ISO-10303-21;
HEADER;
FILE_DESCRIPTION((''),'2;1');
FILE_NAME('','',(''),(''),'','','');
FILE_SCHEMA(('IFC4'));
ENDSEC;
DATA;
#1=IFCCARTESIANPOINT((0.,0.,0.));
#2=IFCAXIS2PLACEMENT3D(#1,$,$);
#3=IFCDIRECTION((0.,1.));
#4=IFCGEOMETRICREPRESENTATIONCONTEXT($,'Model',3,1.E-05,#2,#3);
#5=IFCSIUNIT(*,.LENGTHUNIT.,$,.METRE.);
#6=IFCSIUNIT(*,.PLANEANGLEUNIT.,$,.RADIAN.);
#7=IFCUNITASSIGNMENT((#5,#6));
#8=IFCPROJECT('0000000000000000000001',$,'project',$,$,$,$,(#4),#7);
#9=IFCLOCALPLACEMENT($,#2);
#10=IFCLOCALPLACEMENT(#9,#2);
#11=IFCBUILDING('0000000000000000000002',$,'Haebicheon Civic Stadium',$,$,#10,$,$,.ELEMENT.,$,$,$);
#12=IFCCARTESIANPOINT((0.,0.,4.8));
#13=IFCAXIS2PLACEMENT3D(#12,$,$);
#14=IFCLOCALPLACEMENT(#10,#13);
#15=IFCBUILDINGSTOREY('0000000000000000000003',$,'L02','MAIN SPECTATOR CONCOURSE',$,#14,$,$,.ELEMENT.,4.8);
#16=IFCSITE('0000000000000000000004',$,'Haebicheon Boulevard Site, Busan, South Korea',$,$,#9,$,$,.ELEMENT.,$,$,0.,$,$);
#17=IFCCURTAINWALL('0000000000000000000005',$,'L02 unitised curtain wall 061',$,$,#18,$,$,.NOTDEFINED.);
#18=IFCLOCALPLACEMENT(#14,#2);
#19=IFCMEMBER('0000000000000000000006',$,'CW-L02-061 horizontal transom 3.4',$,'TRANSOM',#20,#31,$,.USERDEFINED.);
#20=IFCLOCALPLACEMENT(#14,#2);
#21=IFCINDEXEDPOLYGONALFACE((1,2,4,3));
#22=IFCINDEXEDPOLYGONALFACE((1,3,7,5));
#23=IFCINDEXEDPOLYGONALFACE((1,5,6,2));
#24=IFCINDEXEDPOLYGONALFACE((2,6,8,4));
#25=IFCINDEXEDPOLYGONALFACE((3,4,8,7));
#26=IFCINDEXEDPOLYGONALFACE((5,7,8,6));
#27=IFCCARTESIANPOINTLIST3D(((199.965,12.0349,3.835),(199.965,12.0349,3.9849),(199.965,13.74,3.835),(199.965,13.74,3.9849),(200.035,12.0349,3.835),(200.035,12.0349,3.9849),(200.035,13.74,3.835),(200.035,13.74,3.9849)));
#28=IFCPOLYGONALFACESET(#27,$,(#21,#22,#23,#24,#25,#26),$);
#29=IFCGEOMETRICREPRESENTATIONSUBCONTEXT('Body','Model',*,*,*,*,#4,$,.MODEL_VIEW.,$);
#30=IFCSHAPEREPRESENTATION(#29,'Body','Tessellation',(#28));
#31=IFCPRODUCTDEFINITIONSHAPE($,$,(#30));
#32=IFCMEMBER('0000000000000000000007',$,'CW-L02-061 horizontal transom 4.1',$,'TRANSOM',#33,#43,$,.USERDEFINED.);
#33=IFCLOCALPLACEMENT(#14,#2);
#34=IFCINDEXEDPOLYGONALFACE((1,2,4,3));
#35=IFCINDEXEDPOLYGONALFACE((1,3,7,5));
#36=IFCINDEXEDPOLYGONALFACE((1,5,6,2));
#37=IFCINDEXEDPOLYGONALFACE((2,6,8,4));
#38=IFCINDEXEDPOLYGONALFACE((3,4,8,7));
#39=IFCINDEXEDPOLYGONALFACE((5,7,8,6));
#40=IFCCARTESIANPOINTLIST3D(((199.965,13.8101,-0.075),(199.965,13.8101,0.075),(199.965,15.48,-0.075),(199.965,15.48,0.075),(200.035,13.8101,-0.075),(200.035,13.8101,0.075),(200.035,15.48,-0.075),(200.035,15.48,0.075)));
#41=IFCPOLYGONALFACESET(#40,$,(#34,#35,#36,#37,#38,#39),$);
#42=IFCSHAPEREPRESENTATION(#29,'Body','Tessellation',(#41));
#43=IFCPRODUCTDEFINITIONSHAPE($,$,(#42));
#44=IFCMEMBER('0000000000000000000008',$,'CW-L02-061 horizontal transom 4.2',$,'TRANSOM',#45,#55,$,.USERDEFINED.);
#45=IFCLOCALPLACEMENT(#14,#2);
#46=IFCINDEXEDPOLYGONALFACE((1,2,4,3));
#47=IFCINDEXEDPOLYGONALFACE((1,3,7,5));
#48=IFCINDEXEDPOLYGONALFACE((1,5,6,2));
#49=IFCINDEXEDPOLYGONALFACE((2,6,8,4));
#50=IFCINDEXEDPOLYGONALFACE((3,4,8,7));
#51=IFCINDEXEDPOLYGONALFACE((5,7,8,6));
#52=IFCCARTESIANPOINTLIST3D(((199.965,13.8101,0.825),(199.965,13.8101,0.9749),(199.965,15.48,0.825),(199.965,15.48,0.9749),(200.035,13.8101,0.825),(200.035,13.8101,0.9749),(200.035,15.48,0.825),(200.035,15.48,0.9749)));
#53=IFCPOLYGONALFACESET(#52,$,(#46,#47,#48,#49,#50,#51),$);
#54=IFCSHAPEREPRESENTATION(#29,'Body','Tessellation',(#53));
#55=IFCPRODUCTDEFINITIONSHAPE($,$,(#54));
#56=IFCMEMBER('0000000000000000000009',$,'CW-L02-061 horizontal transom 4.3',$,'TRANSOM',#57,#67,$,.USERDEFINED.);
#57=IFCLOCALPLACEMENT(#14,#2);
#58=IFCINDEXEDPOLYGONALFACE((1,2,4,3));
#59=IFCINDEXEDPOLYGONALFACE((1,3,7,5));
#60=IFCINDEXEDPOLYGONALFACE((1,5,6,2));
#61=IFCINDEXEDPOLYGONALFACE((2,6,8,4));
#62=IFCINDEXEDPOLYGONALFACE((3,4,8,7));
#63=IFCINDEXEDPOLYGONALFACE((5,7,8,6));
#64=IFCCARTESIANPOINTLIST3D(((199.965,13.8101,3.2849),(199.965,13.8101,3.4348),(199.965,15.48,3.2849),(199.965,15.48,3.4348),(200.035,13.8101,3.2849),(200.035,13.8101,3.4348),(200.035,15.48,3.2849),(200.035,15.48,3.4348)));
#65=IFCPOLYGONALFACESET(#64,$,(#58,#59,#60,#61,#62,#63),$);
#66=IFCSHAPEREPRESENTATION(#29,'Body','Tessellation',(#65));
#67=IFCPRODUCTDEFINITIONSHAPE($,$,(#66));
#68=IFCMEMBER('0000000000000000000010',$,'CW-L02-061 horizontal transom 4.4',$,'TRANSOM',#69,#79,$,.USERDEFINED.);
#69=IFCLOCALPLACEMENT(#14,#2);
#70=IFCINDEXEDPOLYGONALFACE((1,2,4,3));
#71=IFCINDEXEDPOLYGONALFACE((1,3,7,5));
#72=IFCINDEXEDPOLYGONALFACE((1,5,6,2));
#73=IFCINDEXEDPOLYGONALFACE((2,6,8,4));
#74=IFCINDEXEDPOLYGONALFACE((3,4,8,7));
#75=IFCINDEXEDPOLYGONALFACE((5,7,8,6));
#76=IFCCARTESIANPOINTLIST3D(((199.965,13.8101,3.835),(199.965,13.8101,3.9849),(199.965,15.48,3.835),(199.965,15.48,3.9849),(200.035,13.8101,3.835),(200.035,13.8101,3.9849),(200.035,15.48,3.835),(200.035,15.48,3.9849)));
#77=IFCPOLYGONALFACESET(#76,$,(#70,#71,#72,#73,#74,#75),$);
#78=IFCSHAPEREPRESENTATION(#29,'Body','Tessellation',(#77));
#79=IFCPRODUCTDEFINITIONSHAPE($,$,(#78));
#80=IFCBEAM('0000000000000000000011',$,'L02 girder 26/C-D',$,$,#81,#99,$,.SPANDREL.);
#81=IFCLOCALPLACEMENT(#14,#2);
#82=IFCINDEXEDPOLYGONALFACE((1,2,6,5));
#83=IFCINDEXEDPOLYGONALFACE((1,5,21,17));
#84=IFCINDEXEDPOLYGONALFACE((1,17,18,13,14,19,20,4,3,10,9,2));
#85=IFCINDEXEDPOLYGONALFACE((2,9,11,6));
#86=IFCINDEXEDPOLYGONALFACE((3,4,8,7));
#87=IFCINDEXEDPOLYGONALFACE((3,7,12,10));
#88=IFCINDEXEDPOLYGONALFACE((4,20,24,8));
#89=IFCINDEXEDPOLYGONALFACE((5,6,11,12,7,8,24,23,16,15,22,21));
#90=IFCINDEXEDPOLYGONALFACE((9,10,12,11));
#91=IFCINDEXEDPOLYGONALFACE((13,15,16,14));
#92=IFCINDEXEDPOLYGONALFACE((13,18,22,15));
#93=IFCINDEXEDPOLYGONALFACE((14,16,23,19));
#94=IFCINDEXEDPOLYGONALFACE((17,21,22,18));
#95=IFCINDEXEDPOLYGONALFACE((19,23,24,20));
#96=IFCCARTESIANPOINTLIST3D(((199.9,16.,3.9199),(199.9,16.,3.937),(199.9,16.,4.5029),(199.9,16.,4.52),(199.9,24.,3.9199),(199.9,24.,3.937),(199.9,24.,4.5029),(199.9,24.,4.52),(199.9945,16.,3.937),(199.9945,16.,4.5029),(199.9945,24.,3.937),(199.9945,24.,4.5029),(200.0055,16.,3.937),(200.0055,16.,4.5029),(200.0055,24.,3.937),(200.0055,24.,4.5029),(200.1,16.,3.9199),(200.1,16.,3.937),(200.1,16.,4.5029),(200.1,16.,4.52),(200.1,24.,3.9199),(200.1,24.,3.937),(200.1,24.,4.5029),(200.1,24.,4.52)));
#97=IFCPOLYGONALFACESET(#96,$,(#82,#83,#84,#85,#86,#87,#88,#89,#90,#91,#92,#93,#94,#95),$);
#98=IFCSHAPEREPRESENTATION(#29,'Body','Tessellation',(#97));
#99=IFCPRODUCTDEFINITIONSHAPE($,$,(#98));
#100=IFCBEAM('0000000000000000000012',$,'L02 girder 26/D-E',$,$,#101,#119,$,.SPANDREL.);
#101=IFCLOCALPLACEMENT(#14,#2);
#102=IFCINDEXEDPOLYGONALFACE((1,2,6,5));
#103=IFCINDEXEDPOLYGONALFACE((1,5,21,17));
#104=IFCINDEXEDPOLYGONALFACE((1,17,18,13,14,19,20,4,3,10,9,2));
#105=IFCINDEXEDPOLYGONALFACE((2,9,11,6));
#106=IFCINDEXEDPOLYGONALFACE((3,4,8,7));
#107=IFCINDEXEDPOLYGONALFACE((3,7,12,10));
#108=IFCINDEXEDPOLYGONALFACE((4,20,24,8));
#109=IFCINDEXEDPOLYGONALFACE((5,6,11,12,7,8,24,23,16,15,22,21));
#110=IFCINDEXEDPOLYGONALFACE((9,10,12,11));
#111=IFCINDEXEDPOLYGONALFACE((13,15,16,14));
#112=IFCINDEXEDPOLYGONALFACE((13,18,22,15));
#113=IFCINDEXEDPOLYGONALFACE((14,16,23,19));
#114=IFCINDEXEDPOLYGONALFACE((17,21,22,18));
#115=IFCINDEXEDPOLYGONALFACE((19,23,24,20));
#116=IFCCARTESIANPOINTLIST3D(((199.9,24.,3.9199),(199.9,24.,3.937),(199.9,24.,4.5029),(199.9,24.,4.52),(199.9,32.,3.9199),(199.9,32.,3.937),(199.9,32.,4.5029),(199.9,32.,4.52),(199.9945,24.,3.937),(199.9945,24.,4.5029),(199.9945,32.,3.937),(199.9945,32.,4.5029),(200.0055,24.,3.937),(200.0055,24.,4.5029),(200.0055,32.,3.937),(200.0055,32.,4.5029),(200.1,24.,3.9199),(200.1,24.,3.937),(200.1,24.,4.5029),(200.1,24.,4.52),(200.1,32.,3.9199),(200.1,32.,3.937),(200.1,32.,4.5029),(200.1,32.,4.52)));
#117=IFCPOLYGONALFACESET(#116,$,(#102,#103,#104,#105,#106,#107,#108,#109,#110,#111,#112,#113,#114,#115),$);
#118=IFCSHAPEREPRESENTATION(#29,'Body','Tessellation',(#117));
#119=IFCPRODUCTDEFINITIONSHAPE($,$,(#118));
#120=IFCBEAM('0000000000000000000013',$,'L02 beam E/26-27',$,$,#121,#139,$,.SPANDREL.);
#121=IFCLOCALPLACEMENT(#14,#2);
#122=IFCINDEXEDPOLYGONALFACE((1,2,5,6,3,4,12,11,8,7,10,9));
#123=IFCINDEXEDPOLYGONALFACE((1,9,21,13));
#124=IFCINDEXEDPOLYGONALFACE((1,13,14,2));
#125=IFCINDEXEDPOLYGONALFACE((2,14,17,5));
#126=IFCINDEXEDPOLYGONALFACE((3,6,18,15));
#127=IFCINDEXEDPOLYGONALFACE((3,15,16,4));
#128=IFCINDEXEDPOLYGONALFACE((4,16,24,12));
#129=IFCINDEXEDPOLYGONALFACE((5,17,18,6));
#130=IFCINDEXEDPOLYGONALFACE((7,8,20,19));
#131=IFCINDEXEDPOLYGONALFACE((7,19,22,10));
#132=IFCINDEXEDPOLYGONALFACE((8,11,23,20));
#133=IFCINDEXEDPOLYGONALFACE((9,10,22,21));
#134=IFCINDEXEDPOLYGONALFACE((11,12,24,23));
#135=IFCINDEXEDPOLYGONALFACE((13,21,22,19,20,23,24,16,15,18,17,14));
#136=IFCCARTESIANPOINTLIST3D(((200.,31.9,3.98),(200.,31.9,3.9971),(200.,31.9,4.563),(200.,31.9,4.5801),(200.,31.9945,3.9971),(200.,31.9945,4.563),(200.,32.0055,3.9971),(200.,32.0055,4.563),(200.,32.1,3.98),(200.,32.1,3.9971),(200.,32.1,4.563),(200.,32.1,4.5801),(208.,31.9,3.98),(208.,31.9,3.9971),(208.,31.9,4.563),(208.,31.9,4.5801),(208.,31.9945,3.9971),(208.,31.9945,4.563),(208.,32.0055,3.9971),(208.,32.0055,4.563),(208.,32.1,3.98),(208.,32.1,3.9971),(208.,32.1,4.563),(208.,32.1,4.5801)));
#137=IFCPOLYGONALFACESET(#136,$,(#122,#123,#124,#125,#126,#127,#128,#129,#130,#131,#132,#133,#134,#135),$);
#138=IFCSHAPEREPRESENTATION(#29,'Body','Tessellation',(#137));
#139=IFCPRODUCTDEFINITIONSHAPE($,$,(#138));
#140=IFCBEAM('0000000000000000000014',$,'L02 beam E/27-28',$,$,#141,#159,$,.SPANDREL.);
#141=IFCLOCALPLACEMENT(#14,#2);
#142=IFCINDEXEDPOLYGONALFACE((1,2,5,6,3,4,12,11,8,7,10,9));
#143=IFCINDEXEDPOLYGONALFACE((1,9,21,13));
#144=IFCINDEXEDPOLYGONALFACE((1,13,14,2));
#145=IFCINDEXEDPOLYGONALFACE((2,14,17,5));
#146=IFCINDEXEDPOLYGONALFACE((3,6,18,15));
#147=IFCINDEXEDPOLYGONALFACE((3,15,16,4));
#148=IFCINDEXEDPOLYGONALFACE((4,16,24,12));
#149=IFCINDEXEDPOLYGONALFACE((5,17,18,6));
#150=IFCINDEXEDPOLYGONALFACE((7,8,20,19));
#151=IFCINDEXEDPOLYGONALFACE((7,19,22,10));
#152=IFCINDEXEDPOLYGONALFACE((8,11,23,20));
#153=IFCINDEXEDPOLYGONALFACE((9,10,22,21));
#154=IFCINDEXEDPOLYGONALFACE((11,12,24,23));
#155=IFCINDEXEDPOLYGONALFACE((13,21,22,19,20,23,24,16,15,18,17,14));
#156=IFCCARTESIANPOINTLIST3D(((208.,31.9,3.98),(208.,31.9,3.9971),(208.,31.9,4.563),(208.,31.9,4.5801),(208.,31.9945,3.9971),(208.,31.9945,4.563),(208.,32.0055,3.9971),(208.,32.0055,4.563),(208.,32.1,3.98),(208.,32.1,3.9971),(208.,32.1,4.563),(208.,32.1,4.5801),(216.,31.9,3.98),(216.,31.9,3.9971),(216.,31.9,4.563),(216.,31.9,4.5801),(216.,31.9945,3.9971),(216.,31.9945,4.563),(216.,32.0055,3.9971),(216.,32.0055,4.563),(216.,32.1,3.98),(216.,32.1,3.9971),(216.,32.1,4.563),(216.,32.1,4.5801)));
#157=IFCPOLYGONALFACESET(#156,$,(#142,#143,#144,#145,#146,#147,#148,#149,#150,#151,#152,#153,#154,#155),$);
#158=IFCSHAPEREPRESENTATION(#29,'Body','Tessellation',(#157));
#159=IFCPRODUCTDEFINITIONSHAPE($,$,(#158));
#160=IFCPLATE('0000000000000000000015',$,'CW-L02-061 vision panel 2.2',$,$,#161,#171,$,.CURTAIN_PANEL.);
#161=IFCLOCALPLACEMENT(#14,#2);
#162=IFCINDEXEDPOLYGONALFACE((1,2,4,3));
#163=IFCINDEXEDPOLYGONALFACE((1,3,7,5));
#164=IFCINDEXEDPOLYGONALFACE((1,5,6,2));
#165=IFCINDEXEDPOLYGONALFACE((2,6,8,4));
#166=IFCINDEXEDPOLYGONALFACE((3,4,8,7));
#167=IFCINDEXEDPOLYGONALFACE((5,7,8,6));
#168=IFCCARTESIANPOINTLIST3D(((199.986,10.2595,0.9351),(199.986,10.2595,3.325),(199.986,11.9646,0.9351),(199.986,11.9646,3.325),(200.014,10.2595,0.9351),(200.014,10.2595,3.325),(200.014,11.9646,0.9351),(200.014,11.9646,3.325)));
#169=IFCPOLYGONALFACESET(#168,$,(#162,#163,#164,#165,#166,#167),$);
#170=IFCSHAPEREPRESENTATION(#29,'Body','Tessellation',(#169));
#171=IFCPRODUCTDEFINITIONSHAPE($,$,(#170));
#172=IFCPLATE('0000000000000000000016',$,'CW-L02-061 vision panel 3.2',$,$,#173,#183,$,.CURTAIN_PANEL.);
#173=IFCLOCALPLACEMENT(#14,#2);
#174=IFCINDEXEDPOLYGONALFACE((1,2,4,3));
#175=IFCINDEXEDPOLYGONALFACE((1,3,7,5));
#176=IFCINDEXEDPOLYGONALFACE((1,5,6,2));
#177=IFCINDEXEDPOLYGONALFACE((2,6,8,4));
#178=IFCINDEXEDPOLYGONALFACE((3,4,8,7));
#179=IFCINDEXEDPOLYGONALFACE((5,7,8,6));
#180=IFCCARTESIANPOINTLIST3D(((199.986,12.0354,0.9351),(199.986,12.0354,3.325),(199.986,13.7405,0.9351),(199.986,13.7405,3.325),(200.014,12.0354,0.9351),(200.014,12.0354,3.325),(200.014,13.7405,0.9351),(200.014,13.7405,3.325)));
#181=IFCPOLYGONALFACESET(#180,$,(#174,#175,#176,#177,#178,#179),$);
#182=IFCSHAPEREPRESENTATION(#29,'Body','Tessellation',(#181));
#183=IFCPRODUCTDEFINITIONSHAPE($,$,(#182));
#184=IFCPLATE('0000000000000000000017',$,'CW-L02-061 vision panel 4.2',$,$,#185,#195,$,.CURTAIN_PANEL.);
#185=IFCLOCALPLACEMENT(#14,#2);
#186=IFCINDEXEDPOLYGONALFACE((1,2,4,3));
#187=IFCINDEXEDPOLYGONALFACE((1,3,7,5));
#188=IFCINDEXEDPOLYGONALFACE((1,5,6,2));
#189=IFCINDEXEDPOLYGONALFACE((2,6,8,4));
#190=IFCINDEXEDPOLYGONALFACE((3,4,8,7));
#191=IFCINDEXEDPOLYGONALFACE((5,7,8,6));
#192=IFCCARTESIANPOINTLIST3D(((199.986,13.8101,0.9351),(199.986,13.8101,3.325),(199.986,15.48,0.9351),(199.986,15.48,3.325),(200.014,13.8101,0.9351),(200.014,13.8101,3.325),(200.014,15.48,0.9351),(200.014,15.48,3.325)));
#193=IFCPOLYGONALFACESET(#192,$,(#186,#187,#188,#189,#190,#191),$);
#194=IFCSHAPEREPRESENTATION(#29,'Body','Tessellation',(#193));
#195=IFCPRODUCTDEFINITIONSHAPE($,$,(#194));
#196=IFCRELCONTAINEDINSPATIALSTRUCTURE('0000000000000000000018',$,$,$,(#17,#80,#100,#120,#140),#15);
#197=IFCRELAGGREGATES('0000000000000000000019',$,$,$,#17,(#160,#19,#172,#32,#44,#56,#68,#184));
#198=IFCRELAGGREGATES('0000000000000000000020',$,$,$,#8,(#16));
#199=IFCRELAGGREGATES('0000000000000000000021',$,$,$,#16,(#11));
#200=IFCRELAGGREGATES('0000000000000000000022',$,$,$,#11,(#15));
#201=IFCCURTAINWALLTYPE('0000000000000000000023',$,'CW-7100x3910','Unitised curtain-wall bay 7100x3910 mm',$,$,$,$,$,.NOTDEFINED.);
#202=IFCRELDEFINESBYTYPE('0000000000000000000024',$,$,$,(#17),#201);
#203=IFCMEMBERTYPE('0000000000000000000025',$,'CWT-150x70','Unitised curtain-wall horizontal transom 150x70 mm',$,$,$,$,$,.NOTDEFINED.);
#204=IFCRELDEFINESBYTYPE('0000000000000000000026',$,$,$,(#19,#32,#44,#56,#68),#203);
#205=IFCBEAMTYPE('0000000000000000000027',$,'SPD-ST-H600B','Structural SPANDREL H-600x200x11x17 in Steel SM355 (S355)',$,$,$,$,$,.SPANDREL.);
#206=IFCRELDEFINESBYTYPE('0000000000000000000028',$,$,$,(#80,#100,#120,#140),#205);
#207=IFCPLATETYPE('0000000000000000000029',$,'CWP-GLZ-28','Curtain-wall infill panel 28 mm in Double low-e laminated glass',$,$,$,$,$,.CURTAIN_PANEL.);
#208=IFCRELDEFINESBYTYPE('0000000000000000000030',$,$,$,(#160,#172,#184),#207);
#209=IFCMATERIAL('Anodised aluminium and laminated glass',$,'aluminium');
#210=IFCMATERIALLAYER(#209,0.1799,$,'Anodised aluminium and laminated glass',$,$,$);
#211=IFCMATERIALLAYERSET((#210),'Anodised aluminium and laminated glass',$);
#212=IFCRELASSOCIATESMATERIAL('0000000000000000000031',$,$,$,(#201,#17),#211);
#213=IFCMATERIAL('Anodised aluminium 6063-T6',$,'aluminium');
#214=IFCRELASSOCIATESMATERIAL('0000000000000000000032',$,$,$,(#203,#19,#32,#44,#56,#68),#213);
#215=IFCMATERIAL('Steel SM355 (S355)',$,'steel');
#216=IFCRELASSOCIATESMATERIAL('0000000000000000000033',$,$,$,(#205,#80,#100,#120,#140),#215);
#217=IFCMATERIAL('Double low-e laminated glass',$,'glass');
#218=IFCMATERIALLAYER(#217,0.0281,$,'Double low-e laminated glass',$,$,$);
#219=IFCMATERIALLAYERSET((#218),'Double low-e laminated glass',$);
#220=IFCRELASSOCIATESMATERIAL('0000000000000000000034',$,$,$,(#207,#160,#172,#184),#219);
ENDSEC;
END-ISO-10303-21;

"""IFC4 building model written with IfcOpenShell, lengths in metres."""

from ifc_helpers import new_model, si_unit, direction, frame, origin, origin_2d, place, context, subcontext, project, spatial, rectangle, i_section, extrude, material, layer, layer_set, material_profile, profile_set, type_object, element, aggregate, save


model = new_model("IFC4")

# Units and contexts
model_context = context("Model", 3, precision=1e-05, world=origin(), true_north=direction((0.0, 1.0)))
body_context = subcontext(model_context, "Body", "Model", "MODEL_VIEW")
ifc_project = project(units=[si_unit("LENGTHUNIT", "METRE"), si_unit("PLANEANGLEUNIT", "RADIAN")], contexts=[model_context])

# Site, building, storey
site_placement = place(None, origin())
site = spatial("IfcSite", under=ifc_project, at=site_placement, Name="Haebicheon Boulevard Site, Busan, South Korea", CompositionType="ELEMENT", RefElevation=0.0)
building_placement = place(site_placement, origin())
building = spatial("IfcBuilding", under=site, at=building_placement, Name="Haebicheon Civic Stadium", CompositionType="ELEMENT")
storey_placement = place(building_placement, frame((0.0, 0.0, 4.8)))
storey = spatial("IfcBuildingStorey", under=building, at=storey_placement, Name="L02", Description="MAIN SPECTATOR CONCOURSE", CompositionType="ELEMENT", Elevation=4.8)

# Curtain wall, members
ifc_material_1 = material(Name="Anodised aluminium and laminated glass", Category="aluminium")
ifc_layer_1 = layer(ifc_material_1, 0.1799, Name="Anodised aluminium and laminated glass")
ifc_layer_set_1 = layer_set([ifc_layer_1], Name="Anodised aluminium and laminated glass")
curtain_wall_type = type_object("IfcCurtainWallType", Name="CW-7100x3910", Description="Unitised curtain-wall bay 7100x3910 mm", PredefinedType="NOTDEFINED", material=ifc_layer_set_1)
curtain_wall_placement = place(storey_placement, origin())
curtain_wall = element("IfcCurtainWall", 1, at=curtain_wall_placement, inside=storey, type_object=curtain_wall_type, material=ifc_layer_set_1, Name="L02 unitised curtain wall 061", PredefinedType="NOTDEFINED")
ifc_material_2 = material(Name="Anodised aluminium 6063-T6", Category="aluminium")
ifc_material_profile_1 = material_profile(ifc_material_2, rectangle(XDim=0.0701, YDim=0.1499, at=origin_2d()), Name="ALU-TRAN-70x150")
ifc_profile_set_1 = profile_set([ifc_material_profile_1], Name="Anodised aluminium 6063-T6")
member_type_1 = type_object("IfcMemberType", Name="CWT-150x70", Description="Unitised curtain-wall horizontal transom 150x70 mm", PredefinedType="NOTDEFINED", material=ifc_profile_set_1)
member_1_placement = place(storey_placement, frame((200.0, 12.0349, 3.9099), z_axis=(0.0, 1.0, 0.0), x_axis=(-1.0, 0.0, 0.0)))
member_1 = element("IfcMember", 2, at=member_1_placement, type_object=member_type_1, material=ifc_profile_set_1, Name="CW-L02-061 horizontal transom 3.4", ObjectType="TRANSOM", PredefinedType="USERDEFINED", context=body_context, shape_type="SweptSolid", body=[
    extrude(rectangle(XDim=0.0701, YDim=0.1499, at=origin_2d()), origin(), (0.0, 0.0, 1.0), 1.7051),
])
member_2_placement = place(storey_placement, frame((200.0, 13.8101, 0.0), z_axis=(0.0, 1.0, 0.0), x_axis=(-1.0, 0.0, 0.0)))
member_2 = element("IfcMember", 3, at=member_2_placement, type_object=member_type_1, material=ifc_profile_set_1, Name="CW-L02-061 horizontal transom 4.1", ObjectType="TRANSOM", PredefinedType="USERDEFINED", context=body_context, shape_type="SweptSolid", body=[
    extrude(rectangle(XDim=0.0701, YDim=0.1499, at=origin_2d()), origin(), (0.0, 0.0, 1.0), 1.6699),
])
member_3_placement = place(storey_placement, frame((200.0, 13.8101, 0.8999), z_axis=(0.0, 1.0, 0.0), x_axis=(-1.0, 0.0, 0.0)))
member_3 = element("IfcMember", 4, at=member_3_placement, type_object=member_type_1, material=ifc_profile_set_1, Name="CW-L02-061 horizontal transom 4.2", ObjectType="TRANSOM", PredefinedType="USERDEFINED", context=body_context, shape_type="SweptSolid", body=[
    extrude(rectangle(XDim=0.0701, YDim=0.1499, at=origin_2d()), origin(), (0.0, 0.0, 1.0), 1.6699),
])
member_4_placement = place(storey_placement, frame((200.0, 13.8101, 3.3599), z_axis=(0.0, 1.0, 0.0), x_axis=(-1.0, 0.0, 0.0)))
member_4 = element("IfcMember", 5, at=member_4_placement, type_object=member_type_1, material=ifc_profile_set_1, Name="CW-L02-061 horizontal transom 4.3", ObjectType="TRANSOM", PredefinedType="USERDEFINED", context=body_context, shape_type="SweptSolid", body=[
    extrude(rectangle(XDim=0.0701, YDim=0.1499, at=origin_2d()), origin(), (0.0, 0.0, 1.0), 1.6699),
])
member_5_placement = place(storey_placement, frame((200.0, 13.8101, 3.9099), z_axis=(0.0, 1.0, 0.0), x_axis=(-1.0, 0.0, 0.0)))
member_5 = element("IfcMember", 6, at=member_5_placement, type_object=member_type_1, material=ifc_profile_set_1, Name="CW-L02-061 horizontal transom 4.4", ObjectType="TRANSOM", PredefinedType="USERDEFINED", context=body_context, shape_type="SweptSolid", body=[
    extrude(rectangle(XDim=0.0701, YDim=0.1499, at=origin_2d()), origin(), (0.0, 0.0, 1.0), 1.6699),
])

# Beams
ifc_material_3 = material(Name="Steel SM355 (S355)", Category="steel")
ifc_material_profile_2 = material_profile(ifc_material_3, i_section(OverallWidth=0.2, OverallDepth=0.6001, WebThickness=0.011, FlangeThickness=0.0171, at=origin_2d()), Name="H-600x200x11x17")
ifc_profile_set_2 = profile_set([ifc_material_profile_2], Name="Steel SM355 (S355)")
beam_type_1 = type_object("IfcBeamType", Name="SPD-ST-H600B", Description="Structural SPANDREL H-600x200x11x17 in Steel SM355 (S355)", PredefinedType="SPANDREL", material=ifc_profile_set_2)
for number, where, z_axis, x_axis, name in (
    (7, (200.0, 16.0, 4.22), (0.0, 1.0, 0.0), (-1.0, 0.0, 0.0), "L02 girder 26/C-D"),
    (8, (200.0, 24.0, 4.22), (0.0, 1.0, 0.0), (-1.0, 0.0, 0.0), "L02 girder 26/D-E"),
    (9, (200.0, 32.0, 4.28), (1.0, 0.0, 0.0), (0.0, 1.0, 0.0), "L02 beam E/26-27"),
    (10, (208.0, 32.0, 4.28), (1.0, 0.0, 0.0), (0.0, 1.0, 0.0), "L02 beam E/27-28"),
):
    element("IfcBeam", number, at=place(storey_placement, frame(where, z_axis=z_axis, x_axis=x_axis)), inside=storey, type_object=beam_type_1, material=ifc_profile_set_2, Name=name, PredefinedType="SPANDREL", context=body_context, shape_type="SweptSolid", body=[
        extrude(i_section(OverallWidth=0.2, OverallDepth=0.6001, WebThickness=0.011, FlangeThickness=0.0171, at=origin_2d()), origin(), (0.0, 0.0, 1.0), 8.0),
    ])

# Plates
ifc_material_4 = material(Name="Double low-e laminated glass", Category="glass")
ifc_layer_2 = layer(ifc_material_4, 0.0281, Name="Double low-e laminated glass")
ifc_layer_set_2 = layer_set([ifc_layer_2], Name="Double low-e laminated glass")
plate_type_1 = type_object("IfcPlateType", Name="CWP-GLZ-28", Description="Curtain-wall infill panel 28 mm in Double low-e laminated glass", PredefinedType="CURTAIN_PANEL", material=ifc_layer_set_2)
plate_1_placement = place(storey_placement, frame((200.0, 11.1121, 0.9351), z_axis=(0.0, 0.0, 1.0), x_axis=(0.0, 1.0, 0.0)))
plate_1 = element("IfcPlate", 11, at=plate_1_placement, type_object=plate_type_1, material=ifc_layer_set_2, Name="CW-L02-061 vision panel 2.2", PredefinedType="CURTAIN_PANEL", context=body_context, shape_type="SweptSolid", body=[
    extrude(rectangle(XDim=1.7051, YDim=0.0281, at=origin_2d()), origin(), (0.0, 0.0, 1.0), 2.3899),
])
plate_2_placement = place(storey_placement, frame((200.0, 12.8879, 0.9351), z_axis=(0.0, 0.0, 1.0), x_axis=(0.0, 1.0, 0.0)))
plate_2 = element("IfcPlate", 12, at=plate_2_placement, type_object=plate_type_1, material=ifc_layer_set_2, Name="CW-L02-061 vision panel 3.2", PredefinedType="CURTAIN_PANEL", context=body_context, shape_type="SweptSolid", body=[
    extrude(rectangle(XDim=1.7051, YDim=0.0281, at=origin_2d()), origin(), (0.0, 0.0, 1.0), 2.3899),
])
plate_3_placement = place(storey_placement, frame((200.0, 14.645, 0.9351), z_axis=(0.0, 0.0, 1.0), x_axis=(0.0, 1.0, 0.0)))
plate_3 = element("IfcPlate", 13, at=plate_3_placement, type_object=plate_type_1, material=ifc_layer_set_2, Name="CW-L02-061 vision panel 4.2", PredefinedType="CURTAIN_PANEL", context=body_context, shape_type="SweptSolid", body=[
    extrude(rectangle(XDim=1.6699, YDim=0.0281, at=origin_2d()), origin(), (0.0, 0.0, 1.0), 2.3899),
])
aggregate(curtain_wall, [plate_1, member_1, plate_2, member_2, member_3, member_4, member_5, plate_3])

save(model, "model.ifc")
